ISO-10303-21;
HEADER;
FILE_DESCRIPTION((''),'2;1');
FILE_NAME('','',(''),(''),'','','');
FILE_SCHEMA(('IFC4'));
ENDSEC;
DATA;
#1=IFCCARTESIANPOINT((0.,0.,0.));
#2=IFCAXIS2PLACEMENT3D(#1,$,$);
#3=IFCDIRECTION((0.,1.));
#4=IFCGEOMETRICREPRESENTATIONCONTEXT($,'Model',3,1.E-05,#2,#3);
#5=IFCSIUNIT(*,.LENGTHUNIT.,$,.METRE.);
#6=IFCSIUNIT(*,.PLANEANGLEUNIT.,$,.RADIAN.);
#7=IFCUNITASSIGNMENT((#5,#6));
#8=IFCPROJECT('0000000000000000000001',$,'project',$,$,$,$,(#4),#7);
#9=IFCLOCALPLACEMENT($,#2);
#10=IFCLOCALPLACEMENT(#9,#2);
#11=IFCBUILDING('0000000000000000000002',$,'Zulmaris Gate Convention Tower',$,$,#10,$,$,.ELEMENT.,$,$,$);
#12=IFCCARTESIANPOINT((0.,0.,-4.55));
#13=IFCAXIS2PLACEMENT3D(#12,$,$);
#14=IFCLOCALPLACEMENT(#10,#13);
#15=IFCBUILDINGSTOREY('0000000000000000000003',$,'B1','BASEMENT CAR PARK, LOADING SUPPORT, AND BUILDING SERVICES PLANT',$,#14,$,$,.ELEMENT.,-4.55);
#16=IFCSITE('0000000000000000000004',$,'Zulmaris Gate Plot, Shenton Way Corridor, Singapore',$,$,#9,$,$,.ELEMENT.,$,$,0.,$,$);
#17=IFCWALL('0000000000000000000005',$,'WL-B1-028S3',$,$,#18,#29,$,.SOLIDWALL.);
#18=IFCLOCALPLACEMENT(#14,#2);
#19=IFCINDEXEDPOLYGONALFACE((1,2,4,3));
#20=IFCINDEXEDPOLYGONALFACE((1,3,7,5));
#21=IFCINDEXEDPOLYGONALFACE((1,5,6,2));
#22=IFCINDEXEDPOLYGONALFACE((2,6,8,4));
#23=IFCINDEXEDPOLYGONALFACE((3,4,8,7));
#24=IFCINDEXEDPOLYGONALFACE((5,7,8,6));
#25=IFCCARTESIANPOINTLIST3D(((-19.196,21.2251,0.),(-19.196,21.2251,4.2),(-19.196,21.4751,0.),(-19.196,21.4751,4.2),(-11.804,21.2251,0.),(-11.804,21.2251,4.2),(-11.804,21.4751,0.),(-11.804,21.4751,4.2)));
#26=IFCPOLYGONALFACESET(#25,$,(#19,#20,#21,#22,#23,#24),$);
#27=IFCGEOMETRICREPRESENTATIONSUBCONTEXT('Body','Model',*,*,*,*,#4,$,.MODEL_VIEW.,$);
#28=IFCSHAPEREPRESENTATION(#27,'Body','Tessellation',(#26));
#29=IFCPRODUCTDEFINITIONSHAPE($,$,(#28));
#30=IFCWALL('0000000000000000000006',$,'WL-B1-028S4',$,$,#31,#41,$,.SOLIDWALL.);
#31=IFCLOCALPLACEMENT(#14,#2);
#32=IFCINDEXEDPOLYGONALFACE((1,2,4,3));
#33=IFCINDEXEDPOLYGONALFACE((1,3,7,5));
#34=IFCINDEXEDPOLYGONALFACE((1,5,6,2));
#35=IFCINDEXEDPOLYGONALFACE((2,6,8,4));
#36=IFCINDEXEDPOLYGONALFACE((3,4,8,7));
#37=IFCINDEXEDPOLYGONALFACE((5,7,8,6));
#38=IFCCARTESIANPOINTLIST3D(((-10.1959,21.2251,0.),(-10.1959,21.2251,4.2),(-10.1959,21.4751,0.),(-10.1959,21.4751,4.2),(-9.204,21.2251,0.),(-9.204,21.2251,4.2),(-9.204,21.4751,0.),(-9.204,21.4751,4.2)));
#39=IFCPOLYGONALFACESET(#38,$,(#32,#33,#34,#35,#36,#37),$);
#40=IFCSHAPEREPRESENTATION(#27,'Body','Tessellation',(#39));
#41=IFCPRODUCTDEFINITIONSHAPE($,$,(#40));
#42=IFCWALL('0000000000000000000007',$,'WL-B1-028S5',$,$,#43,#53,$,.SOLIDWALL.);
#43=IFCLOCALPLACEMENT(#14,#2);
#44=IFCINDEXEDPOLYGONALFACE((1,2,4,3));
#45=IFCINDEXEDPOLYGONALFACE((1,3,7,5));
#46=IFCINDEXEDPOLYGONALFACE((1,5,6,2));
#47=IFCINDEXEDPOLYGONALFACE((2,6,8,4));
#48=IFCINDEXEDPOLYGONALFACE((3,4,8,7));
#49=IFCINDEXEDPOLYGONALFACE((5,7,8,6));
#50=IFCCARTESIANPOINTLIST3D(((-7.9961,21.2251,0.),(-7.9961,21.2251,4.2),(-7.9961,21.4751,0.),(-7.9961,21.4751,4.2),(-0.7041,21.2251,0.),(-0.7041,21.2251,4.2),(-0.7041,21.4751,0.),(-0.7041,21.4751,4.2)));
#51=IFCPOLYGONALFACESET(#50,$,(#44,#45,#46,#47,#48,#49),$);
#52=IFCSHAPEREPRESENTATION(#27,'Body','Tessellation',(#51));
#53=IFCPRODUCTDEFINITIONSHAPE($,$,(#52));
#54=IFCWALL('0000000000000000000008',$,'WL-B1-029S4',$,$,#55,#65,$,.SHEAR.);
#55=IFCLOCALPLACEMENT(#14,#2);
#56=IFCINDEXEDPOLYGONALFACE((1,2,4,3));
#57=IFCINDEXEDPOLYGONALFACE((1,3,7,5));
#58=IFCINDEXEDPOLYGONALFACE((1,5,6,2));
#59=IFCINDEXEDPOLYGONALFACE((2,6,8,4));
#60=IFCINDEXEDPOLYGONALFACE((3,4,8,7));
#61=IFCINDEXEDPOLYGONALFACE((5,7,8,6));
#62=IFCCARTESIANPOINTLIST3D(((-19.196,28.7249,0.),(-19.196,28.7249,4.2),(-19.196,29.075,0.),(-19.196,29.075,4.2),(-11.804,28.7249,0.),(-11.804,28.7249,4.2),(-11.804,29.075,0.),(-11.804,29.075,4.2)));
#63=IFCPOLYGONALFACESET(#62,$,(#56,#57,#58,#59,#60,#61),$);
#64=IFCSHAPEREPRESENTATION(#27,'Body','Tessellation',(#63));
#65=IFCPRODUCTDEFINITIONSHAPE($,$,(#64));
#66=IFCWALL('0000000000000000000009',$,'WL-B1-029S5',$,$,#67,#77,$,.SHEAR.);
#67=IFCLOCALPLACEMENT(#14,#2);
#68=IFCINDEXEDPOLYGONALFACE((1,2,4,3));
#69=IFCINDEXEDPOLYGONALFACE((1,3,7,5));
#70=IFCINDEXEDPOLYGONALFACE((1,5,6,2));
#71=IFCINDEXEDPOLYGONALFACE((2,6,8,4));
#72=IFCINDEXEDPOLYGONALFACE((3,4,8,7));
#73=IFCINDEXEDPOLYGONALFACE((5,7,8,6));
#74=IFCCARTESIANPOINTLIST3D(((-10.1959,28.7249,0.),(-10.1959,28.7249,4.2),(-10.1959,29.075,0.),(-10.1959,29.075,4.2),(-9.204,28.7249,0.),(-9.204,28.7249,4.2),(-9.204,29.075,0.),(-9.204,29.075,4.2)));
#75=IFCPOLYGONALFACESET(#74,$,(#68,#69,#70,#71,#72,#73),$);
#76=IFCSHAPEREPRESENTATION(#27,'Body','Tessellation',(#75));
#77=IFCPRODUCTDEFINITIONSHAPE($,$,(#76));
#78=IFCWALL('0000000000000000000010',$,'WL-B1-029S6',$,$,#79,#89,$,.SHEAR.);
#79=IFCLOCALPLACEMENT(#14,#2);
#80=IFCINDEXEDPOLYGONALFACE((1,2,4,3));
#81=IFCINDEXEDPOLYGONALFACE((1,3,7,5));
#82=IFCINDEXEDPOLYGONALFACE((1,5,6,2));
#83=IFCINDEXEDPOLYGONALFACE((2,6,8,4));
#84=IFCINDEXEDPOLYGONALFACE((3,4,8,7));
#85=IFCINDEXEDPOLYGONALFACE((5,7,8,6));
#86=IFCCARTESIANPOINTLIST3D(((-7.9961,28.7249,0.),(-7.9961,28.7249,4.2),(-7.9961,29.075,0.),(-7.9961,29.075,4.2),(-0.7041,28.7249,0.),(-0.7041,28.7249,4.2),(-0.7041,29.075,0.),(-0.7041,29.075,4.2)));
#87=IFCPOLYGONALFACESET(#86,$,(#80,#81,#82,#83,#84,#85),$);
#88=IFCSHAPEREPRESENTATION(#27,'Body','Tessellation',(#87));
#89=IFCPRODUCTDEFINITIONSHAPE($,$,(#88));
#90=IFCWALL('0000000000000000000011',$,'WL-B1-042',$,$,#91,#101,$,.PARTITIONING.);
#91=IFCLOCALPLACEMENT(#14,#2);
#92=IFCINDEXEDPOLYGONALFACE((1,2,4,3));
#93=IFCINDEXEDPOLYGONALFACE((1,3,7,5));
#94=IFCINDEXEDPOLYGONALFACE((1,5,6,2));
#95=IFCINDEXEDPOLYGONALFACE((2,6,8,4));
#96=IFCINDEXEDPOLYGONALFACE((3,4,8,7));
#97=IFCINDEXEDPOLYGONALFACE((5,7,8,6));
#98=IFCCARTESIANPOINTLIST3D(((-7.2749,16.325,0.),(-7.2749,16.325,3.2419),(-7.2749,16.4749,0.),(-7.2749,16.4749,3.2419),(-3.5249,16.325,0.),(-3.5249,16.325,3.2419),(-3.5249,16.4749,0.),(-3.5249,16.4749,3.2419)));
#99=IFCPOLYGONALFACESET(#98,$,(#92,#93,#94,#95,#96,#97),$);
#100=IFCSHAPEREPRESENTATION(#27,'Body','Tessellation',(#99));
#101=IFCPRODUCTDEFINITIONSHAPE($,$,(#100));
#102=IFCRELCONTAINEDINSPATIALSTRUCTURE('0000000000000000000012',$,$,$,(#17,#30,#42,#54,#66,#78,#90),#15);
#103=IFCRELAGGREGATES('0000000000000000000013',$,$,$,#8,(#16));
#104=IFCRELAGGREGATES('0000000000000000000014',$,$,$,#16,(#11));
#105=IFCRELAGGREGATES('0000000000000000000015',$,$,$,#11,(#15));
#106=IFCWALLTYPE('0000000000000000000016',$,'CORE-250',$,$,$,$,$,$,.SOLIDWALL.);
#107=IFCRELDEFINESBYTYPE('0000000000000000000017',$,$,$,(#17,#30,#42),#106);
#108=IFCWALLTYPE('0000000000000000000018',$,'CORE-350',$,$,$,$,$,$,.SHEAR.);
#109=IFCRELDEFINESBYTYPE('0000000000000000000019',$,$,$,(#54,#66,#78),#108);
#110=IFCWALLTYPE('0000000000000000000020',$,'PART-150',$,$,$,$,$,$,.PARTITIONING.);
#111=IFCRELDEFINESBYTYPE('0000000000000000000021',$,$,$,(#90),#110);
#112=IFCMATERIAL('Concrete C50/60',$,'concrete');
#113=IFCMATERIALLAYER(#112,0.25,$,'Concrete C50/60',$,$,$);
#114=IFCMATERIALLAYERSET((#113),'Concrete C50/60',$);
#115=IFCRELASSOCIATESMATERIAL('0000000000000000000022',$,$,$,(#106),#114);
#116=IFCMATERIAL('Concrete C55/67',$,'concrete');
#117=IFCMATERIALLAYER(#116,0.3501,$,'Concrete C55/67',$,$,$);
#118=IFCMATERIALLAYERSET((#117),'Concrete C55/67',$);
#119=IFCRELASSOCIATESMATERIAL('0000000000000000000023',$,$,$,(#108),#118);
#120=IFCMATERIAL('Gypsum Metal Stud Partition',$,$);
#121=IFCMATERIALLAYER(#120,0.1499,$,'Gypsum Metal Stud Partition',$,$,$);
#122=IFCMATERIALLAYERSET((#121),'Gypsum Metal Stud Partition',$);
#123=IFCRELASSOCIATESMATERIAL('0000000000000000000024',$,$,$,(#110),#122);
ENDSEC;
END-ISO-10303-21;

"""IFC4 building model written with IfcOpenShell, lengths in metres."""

from ifc_helpers import new_model, si_unit, direction, frame, frame_2d, origin, place, context, subcontext, project, spatial, rectangle, extrude, material, layer, layer_set, type_object, element, save


model = new_model("IFC4")

# Units and contexts
model_context = context("Model", 3, precision=1e-05, world=origin(), true_north=direction((0.0, 1.0)))
body_context = subcontext(model_context, "Body", "Model", "MODEL_VIEW")
ifc_project = project(units=[si_unit("LENGTHUNIT", "METRE"), si_unit("PLANEANGLEUNIT", "RADIAN")], contexts=[model_context])

# Site, building, storey
site_placement = place(None, origin())
site = spatial("IfcSite", under=ifc_project, at=site_placement, Name="Zulmaris Gate Plot, Shenton Way Corridor, Singapore", CompositionType="ELEMENT", RefElevation=0.0)
building_placement = place(site_placement, origin())
building = spatial("IfcBuilding", under=site, at=building_placement, Name="Zulmaris Gate Convention Tower", CompositionType="ELEMENT")
storey_placement = place(building_placement, frame((0.0, 0.0, -4.55)))
storey = spatial("IfcBuildingStorey", under=building, at=storey_placement, Name="B1", Description="BASEMENT CAR PARK, LOADING SUPPORT, AND BUILDING SERVICES PLANT", CompositionType="ELEMENT", Elevation=-4.55)

# Walls
ifc_material_1 = material(Name="Concrete C50/60", Category="concrete")
ifc_layer_1 = layer(ifc_material_1, 0.25, Name="Concrete C50/60")
ifc_layer_set_1 = layer_set([ifc_layer_1], Name="Concrete C50/60")
wall_type_1 = type_object("IfcWallType", Name="CORE-250", PredefinedType="SOLIDWALL", material=ifc_layer_set_1)
wall_1_placement = place(storey_placement, frame((-19.196, 21.3501, 0.0), z_axis=(0.0, 0.0, 1.0), x_axis=(1.0, 0.0, 0.0)))
element("IfcWall", 1, at=wall_1_placement, inside=storey, type_object=wall_type_1, Name="WL-B1-028S3", PredefinedType="SOLIDWALL", context=body_context, shape_type="SweptSolid", body=[
    extrude(rectangle(XDim=7.3921, YDim=0.25, at=frame_2d((3.696, 0.0))), origin(), (0.0, 0.0, 1.0), 4.2),
])
wall_2_placement = place(storey_placement, frame((-10.196, 21.3501, 0.0), z_axis=(0.0, 0.0, 1.0), x_axis=(1.0, 0.0, 0.0)))
element("IfcWall", 2, at=wall_2_placement, inside=storey, type_object=wall_type_1, Name="WL-B1-028S4", PredefinedType="SOLIDWALL", context=body_context, shape_type="SweptSolid", body=[
    extrude(rectangle(XDim=0.9919, YDim=0.25, at=frame_2d((0.4961, 0.0))), origin(), (0.0, 0.0, 1.0), 4.2),
])
wall_3_placement = place(storey_placement, frame((-7.9961, 21.3501, 0.0), z_axis=(0.0, 0.0, 1.0), x_axis=(1.0, 0.0, 0.0)))
element("IfcWall", 3, at=wall_3_placement, inside=storey, type_object=wall_type_1, Name="WL-B1-028S5", PredefinedType="SOLIDWALL", context=body_context, shape_type="SweptSolid", body=[
    extrude(rectangle(XDim=7.292, YDim=0.25, at=frame_2d((3.646, 0.0))), origin(), (0.0, 0.0, 1.0), 4.2),
])
ifc_material_2 = material(Name="Concrete C55/67", Category="concrete")
ifc_layer_2 = layer(ifc_material_2, 0.3501, Name="Concrete C55/67")
ifc_layer_set_2 = layer_set([ifc_layer_2], Name="Concrete C55/67")
wall_type_2 = type_object("IfcWallType", Name="CORE-350", PredefinedType="SHEAR", material=ifc_layer_set_2)
wall_4_placement = place(storey_placement, frame((-19.196, 28.8999, 0.0), z_axis=(0.0, 0.0, 1.0), x_axis=(1.0, 0.0, 0.0)))
element("IfcWall", 4, at=wall_4_placement, inside=storey, type_object=wall_type_2, Name="WL-B1-029S4", PredefinedType="SHEAR", context=body_context, shape_type="SweptSolid", body=[
    extrude(rectangle(XDim=7.3921, YDim=0.3501, at=frame_2d((3.696, 0.0))), origin(), (0.0, 0.0, 1.0), 4.2),
])
wall_5_placement = place(storey_placement, frame((-10.196, 28.8999, 0.0), z_axis=(0.0, 0.0, 1.0), x_axis=(1.0, 0.0, 0.0)))
element("IfcWall", 5, at=wall_5_placement, inside=storey, type_object=wall_type_2, Name="WL-B1-029S5", PredefinedType="SHEAR", context=body_context, shape_type="SweptSolid", body=[
    extrude(rectangle(XDim=0.9919, YDim=0.3501, at=frame_2d((0.4961, 0.0))), origin(), (0.0, 0.0, 1.0), 4.2),
])
wall_6_placement = place(storey_placement, frame((-7.9961, 28.8999, 0.0), z_axis=(0.0, 0.0, 1.0), x_axis=(1.0, 0.0, 0.0)))
element("IfcWall", 6, at=wall_6_placement, inside=storey, type_object=wall_type_2, Name="WL-B1-029S6", PredefinedType="SHEAR", context=body_context, shape_type="SweptSolid", body=[
    extrude(rectangle(XDim=7.292, YDim=0.3501, at=frame_2d((3.646, 0.0))), origin(), (0.0, 0.0, 1.0), 4.2),
])
ifc_material_3 = material(Name="Gypsum Metal Stud Partition")
ifc_layer_3 = layer(ifc_material_3, 0.1499, Name="Gypsum Metal Stud Partition")
ifc_layer_set_3 = layer_set([ifc_layer_3], Name="Gypsum Metal Stud Partition")
wall_type_3 = type_object("IfcWallType", Name="PART-150", PredefinedType="PARTITIONING", material=ifc_layer_set_3)
wall_7_placement = place(storey_placement, frame((-7.2749, 16.3999, 0.0), z_axis=(0.0, 0.0, 1.0), x_axis=(1.0, 0.0, 0.0)))
element("IfcWall", 7, at=wall_7_placement, inside=storey, type_object=wall_type_3, Name="WL-B1-042", PredefinedType="PARTITIONING", context=body_context, shape_type="SweptSolid", body=[
    extrude(rectangle(XDim=3.75, YDim=0.1499, at=frame_2d((1.875, 0.0))), origin(), (0.0, 0.0, 1.0), 3.2419),
])

save(model, "model.ifc")
